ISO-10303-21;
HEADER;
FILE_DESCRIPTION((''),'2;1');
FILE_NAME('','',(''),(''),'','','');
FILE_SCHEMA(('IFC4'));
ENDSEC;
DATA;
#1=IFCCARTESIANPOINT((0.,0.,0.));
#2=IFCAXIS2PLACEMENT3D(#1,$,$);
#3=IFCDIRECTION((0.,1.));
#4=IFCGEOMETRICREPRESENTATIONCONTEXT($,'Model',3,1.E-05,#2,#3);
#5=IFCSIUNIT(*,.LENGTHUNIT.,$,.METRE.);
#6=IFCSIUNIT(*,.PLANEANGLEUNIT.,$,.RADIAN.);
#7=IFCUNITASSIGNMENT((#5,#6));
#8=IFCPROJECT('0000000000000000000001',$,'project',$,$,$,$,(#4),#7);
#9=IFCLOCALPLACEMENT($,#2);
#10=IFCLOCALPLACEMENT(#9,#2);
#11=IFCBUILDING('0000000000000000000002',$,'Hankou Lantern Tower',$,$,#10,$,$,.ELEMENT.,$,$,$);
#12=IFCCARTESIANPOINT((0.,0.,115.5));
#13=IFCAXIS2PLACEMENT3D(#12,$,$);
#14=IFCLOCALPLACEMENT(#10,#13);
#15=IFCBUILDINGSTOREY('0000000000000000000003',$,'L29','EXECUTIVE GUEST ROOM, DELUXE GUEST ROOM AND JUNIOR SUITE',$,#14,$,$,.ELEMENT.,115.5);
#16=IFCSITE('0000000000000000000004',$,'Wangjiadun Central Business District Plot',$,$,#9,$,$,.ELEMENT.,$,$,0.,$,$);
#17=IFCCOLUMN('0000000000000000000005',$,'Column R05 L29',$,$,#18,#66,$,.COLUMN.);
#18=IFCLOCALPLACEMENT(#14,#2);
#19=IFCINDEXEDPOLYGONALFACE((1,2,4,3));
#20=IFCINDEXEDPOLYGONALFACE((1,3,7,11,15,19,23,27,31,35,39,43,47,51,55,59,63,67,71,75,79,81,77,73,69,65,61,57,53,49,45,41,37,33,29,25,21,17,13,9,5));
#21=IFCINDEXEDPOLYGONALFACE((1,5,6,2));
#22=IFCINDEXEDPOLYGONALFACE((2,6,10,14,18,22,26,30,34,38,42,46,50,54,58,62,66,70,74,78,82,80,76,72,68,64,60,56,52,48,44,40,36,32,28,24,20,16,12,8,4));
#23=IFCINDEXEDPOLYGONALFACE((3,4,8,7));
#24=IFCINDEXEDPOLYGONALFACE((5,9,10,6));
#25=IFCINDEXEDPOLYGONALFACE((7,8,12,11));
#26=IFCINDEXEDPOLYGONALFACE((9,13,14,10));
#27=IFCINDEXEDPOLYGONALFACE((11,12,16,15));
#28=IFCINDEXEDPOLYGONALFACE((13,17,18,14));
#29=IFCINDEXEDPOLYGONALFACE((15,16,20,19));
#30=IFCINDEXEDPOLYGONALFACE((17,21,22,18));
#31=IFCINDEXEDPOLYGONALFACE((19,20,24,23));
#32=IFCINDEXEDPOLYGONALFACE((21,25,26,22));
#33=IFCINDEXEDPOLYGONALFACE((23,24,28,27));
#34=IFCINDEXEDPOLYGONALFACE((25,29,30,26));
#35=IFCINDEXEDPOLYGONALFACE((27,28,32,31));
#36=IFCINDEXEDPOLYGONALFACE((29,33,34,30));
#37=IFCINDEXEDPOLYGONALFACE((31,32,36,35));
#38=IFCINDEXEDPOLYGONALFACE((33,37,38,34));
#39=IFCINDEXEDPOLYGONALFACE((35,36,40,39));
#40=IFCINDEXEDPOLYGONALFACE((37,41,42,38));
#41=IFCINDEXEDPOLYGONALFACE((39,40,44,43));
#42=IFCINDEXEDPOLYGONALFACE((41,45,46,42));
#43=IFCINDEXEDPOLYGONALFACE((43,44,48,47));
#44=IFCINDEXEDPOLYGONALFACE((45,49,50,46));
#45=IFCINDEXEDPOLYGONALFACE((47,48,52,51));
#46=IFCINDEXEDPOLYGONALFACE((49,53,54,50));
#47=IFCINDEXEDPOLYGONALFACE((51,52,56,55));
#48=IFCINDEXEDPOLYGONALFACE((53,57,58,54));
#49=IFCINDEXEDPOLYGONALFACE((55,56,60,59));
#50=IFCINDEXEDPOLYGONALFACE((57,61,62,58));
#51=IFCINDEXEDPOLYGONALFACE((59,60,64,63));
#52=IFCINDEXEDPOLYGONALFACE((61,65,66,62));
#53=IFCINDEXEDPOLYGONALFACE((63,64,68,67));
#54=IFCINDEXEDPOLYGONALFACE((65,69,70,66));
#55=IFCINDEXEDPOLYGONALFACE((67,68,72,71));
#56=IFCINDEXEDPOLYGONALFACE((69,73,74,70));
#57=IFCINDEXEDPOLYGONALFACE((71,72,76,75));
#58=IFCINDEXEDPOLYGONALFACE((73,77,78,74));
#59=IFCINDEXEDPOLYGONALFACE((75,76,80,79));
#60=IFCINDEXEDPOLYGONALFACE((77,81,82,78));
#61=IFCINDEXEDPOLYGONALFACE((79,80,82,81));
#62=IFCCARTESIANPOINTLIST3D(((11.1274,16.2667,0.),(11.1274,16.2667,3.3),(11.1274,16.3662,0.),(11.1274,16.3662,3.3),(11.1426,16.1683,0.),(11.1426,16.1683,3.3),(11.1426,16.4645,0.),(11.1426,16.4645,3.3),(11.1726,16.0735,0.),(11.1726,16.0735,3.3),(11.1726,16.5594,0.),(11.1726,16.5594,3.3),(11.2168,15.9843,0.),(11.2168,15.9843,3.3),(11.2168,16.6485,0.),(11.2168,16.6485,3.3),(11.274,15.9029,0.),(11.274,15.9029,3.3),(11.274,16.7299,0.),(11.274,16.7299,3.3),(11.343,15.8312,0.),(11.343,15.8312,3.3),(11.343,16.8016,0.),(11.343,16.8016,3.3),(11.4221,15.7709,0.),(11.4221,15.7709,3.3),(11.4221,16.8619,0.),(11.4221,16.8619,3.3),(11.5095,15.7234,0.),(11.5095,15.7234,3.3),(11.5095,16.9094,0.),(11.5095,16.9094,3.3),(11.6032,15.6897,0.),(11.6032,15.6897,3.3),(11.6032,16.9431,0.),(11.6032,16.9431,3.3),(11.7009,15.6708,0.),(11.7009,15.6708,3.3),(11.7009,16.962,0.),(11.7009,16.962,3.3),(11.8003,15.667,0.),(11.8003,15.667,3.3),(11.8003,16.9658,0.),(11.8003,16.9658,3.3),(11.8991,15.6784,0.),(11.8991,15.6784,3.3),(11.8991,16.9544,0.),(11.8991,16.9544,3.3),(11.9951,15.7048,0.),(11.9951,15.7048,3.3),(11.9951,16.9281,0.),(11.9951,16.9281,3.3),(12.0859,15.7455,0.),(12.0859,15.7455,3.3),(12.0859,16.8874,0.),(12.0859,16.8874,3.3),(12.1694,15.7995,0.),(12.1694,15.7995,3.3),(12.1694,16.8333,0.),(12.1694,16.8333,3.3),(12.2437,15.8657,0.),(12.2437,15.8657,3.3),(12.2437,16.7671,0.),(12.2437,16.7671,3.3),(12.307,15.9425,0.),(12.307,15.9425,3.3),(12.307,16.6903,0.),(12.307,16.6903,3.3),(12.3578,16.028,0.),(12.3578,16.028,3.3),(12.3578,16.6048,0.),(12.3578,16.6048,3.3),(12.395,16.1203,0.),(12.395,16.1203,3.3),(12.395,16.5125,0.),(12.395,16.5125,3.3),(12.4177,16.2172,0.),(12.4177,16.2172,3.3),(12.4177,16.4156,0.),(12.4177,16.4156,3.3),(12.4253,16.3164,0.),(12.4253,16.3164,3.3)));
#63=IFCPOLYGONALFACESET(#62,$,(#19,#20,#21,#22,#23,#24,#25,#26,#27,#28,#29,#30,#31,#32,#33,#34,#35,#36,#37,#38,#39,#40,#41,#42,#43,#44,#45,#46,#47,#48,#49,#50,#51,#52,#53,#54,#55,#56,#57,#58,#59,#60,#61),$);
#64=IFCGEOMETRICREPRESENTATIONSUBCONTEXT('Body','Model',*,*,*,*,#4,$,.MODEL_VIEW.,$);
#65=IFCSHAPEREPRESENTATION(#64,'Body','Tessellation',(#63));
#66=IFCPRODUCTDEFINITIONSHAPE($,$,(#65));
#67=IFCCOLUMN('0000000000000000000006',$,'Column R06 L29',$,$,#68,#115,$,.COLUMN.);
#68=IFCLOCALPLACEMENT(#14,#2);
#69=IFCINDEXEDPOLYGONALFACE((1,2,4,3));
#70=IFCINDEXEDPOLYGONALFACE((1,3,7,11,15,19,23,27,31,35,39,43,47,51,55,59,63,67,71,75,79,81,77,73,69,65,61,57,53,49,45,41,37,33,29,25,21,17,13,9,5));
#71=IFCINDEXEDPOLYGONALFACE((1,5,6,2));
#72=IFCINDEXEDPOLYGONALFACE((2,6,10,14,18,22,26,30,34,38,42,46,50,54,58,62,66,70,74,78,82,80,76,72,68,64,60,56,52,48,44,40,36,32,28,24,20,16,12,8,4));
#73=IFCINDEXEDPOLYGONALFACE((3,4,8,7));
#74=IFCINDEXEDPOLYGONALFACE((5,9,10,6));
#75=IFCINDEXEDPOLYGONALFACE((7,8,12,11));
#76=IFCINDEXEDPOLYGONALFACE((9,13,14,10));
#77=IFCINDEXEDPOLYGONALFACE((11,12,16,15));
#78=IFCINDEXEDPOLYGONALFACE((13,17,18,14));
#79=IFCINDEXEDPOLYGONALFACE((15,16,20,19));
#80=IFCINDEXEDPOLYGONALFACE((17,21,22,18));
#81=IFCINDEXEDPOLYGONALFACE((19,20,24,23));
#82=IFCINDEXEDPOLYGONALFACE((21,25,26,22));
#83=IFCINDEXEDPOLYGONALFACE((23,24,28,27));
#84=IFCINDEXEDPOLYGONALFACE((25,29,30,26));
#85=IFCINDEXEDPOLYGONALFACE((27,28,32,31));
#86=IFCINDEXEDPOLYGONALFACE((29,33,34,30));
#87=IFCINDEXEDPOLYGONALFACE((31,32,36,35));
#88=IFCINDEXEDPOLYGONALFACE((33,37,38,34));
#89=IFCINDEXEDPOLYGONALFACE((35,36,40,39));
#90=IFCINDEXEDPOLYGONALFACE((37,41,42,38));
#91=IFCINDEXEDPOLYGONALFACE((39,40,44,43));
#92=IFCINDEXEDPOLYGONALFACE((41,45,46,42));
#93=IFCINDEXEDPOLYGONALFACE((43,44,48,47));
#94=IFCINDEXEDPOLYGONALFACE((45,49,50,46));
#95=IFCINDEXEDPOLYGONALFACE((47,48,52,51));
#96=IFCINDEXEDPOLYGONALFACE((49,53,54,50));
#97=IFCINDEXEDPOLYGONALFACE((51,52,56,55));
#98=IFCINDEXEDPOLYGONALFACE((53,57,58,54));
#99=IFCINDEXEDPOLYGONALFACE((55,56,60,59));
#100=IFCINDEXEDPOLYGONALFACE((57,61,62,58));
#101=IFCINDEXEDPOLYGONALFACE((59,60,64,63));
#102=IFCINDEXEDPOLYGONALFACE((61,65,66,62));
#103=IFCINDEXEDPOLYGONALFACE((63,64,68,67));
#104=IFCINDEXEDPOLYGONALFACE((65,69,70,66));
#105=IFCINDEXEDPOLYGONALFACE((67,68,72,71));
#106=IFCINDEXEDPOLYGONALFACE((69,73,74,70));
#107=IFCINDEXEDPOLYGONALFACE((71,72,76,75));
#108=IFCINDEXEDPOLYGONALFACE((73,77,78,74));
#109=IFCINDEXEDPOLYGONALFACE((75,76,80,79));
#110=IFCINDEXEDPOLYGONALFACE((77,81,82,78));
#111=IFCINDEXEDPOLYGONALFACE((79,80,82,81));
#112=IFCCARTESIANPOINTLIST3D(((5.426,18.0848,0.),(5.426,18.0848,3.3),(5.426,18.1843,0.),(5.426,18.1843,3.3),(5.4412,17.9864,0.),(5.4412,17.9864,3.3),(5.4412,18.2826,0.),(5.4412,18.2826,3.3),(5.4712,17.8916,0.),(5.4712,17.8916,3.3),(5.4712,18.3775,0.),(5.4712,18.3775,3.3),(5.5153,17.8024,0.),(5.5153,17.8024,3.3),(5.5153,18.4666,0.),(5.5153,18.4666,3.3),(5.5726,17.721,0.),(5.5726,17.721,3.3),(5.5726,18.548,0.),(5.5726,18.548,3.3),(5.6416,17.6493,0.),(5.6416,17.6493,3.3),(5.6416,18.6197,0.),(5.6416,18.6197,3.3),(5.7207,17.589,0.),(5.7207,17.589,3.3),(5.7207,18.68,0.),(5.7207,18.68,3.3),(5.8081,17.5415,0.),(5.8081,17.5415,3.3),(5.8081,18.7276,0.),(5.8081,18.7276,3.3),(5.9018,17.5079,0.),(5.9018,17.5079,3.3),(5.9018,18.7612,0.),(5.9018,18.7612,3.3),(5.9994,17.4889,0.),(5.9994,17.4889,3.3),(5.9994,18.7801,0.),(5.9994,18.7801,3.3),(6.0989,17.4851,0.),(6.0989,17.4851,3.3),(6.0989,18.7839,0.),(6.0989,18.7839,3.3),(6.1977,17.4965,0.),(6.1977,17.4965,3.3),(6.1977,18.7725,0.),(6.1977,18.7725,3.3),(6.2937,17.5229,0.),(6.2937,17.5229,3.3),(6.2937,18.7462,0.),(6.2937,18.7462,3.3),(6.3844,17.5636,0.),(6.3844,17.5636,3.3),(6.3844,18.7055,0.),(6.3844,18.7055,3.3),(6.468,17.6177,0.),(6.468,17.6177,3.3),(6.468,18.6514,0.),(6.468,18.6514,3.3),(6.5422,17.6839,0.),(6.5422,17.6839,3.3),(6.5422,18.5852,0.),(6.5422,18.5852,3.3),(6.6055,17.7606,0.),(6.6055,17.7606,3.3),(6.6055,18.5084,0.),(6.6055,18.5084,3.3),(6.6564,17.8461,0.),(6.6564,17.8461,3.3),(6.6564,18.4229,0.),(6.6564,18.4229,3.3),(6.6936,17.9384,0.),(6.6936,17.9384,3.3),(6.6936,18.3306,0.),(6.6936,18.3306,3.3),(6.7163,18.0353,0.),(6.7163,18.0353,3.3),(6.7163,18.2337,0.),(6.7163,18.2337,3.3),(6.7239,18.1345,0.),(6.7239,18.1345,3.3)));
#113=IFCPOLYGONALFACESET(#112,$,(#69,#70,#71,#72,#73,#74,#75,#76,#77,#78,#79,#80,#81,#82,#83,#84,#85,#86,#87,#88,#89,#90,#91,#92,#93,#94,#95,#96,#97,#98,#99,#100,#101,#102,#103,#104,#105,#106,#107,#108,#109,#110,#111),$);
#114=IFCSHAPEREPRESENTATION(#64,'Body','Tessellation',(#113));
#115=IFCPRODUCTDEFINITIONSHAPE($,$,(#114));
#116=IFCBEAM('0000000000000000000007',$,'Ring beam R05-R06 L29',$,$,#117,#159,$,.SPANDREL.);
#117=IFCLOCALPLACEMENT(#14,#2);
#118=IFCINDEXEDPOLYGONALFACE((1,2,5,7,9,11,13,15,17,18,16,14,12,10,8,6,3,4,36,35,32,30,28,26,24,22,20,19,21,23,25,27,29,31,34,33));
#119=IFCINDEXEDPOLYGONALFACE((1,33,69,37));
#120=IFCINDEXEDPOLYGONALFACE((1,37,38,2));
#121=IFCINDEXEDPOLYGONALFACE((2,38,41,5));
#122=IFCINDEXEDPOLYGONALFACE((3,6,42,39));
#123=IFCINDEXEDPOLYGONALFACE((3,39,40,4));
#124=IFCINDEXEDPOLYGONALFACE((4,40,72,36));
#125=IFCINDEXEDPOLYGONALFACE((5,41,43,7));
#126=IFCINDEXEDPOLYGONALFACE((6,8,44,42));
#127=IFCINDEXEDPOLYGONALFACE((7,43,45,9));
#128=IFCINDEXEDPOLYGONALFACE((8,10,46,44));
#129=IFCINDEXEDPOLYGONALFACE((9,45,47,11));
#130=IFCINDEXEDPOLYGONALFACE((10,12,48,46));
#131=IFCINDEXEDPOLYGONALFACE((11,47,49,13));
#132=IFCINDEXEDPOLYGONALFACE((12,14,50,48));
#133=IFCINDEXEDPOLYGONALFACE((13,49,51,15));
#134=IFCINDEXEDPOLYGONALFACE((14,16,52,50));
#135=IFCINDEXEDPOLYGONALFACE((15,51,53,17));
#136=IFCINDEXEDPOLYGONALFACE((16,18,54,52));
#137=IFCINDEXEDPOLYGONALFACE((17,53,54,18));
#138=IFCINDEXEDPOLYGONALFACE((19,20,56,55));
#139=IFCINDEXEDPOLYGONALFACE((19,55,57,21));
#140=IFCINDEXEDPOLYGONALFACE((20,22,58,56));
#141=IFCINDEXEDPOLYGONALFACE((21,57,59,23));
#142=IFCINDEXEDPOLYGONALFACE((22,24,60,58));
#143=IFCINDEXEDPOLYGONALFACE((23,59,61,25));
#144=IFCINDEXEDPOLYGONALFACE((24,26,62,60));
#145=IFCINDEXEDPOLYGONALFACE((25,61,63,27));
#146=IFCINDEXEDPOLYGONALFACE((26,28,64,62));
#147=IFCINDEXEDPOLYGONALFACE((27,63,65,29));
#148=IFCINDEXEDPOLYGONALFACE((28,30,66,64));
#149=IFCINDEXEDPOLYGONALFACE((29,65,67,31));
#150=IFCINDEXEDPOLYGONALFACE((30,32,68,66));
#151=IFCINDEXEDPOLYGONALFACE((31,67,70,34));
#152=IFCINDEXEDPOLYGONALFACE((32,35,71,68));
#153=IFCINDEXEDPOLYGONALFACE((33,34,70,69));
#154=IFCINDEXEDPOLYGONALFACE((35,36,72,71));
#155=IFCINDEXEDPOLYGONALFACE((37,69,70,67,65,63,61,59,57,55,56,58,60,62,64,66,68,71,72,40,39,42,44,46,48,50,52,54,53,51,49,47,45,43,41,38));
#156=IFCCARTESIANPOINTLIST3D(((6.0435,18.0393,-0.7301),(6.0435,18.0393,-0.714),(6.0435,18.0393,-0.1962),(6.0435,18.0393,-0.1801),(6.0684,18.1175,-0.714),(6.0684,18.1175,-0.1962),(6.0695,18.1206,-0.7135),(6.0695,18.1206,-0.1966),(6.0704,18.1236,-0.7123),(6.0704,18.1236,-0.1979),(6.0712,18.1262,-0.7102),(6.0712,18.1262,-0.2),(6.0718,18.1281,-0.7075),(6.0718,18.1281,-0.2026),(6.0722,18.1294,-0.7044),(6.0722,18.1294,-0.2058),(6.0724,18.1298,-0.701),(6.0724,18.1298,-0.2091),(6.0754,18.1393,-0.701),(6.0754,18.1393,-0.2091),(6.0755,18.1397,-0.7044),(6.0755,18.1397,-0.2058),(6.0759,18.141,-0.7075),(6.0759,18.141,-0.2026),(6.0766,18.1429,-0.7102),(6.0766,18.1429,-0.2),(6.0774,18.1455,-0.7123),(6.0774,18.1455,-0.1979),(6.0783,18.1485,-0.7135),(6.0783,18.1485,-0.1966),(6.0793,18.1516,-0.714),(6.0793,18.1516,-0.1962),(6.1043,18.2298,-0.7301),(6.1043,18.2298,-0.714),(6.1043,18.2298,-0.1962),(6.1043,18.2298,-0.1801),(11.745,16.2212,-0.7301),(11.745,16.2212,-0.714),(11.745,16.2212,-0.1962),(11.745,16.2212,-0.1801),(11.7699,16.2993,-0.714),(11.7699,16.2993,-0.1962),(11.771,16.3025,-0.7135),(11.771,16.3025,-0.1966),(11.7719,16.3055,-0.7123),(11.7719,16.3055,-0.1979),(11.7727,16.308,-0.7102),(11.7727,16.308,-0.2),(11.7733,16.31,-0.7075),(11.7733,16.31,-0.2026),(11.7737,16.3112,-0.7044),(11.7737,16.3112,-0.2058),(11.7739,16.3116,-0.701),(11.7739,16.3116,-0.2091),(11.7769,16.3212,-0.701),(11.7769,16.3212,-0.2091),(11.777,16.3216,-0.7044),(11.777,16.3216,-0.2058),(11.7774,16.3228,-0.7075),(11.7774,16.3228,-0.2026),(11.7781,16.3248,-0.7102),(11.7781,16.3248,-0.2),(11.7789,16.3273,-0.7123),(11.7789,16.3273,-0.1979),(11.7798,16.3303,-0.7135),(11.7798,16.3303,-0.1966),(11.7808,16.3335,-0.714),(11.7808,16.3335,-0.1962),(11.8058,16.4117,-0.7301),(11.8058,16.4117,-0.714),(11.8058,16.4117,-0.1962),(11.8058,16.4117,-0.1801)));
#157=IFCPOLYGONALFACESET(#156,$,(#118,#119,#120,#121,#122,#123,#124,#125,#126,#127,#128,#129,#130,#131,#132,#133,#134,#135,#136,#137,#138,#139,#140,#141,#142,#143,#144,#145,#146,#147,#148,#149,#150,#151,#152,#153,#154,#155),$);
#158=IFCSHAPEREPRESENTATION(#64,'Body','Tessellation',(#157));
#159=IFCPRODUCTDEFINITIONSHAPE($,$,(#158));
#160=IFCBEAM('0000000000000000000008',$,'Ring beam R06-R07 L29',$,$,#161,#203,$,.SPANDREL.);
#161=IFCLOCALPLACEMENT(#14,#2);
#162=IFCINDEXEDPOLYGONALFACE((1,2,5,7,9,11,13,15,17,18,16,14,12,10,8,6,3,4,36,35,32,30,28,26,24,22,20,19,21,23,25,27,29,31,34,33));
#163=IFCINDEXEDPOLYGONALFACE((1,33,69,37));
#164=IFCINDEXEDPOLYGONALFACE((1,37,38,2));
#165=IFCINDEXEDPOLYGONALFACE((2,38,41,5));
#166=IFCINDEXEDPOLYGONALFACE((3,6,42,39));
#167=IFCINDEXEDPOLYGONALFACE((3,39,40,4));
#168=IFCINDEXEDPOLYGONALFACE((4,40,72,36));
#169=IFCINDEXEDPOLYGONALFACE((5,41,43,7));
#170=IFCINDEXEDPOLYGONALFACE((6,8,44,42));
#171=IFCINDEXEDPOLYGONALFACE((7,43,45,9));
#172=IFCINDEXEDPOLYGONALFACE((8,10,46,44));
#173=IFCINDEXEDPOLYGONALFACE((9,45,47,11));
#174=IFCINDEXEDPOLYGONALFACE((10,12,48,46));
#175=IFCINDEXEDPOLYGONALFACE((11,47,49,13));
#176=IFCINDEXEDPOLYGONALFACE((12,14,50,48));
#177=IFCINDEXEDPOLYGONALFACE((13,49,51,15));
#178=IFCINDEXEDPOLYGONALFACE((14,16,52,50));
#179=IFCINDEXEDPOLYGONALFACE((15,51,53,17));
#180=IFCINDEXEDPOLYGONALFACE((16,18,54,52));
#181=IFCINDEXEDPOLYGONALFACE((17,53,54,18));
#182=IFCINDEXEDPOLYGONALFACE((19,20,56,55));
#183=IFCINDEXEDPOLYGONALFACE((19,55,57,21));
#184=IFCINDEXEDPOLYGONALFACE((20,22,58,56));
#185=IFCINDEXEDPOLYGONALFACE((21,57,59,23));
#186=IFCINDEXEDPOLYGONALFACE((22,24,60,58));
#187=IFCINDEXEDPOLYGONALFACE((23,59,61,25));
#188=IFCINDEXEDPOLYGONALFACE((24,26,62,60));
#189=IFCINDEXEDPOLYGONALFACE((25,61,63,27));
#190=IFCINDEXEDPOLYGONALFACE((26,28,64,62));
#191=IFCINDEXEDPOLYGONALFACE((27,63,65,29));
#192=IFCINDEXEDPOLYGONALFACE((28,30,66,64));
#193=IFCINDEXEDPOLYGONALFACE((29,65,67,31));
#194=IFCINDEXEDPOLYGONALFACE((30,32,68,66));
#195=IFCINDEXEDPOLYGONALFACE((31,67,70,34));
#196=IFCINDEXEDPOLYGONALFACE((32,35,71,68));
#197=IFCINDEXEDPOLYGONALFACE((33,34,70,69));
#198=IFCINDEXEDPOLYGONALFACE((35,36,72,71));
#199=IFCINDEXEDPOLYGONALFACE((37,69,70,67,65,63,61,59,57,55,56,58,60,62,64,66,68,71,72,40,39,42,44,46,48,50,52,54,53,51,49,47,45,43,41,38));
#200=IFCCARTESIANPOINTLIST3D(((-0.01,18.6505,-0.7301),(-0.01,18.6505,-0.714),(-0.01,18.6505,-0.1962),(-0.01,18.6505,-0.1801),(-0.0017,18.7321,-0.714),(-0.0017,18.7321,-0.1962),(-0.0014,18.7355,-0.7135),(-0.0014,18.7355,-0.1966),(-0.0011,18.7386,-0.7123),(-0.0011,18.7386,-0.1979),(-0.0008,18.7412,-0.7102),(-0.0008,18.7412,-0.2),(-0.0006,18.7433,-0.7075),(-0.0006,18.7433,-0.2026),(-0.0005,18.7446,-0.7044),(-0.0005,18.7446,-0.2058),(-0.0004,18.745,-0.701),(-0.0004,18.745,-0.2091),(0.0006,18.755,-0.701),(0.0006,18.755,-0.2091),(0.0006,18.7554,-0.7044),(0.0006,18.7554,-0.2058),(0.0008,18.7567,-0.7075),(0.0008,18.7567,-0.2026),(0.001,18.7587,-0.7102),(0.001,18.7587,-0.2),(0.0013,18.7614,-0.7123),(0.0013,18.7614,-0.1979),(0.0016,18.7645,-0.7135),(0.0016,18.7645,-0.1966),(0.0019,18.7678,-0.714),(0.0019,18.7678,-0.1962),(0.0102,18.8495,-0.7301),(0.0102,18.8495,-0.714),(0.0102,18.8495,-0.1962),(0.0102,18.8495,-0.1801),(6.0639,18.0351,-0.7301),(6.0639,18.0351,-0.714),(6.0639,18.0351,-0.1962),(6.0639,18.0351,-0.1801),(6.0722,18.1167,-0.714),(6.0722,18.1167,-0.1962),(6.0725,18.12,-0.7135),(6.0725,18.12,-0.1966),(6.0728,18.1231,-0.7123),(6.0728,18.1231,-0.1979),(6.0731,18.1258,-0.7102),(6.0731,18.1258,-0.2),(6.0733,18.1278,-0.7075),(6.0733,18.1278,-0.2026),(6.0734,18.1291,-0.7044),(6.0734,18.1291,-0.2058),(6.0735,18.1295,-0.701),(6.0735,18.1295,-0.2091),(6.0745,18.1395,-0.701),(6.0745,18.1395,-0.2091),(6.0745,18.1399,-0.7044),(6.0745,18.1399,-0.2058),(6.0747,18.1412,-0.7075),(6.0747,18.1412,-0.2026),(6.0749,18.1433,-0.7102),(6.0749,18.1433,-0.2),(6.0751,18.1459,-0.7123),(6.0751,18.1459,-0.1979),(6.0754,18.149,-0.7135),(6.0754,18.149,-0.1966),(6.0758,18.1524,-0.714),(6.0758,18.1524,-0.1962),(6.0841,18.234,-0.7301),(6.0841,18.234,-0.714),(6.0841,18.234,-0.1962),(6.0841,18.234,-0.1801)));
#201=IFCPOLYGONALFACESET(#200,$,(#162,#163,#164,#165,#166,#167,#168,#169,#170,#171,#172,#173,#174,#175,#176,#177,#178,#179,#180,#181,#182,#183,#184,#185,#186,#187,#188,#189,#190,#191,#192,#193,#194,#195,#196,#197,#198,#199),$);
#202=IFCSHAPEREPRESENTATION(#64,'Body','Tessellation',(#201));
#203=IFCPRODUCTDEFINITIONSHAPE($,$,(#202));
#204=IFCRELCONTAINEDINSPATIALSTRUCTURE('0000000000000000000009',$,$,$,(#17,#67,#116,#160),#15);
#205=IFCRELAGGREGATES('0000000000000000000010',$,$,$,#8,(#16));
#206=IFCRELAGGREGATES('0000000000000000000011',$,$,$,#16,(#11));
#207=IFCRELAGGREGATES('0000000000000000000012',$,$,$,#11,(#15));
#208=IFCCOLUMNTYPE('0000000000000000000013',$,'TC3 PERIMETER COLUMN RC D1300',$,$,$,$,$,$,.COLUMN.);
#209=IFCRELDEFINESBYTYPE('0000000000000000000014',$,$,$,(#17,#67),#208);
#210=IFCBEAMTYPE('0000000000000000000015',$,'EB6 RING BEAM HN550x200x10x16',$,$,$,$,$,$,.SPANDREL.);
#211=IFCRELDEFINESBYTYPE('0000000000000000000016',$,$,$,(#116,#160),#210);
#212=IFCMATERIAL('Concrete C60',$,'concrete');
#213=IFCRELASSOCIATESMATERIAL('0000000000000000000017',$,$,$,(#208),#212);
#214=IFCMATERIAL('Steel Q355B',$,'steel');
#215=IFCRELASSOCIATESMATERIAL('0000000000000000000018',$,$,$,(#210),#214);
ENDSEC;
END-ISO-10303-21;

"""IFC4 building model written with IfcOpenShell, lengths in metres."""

from ifc_helpers import new_model, si_unit, direction, frame, origin, origin_2d, place, context, subcontext, project, spatial, circle, i_section, extrude, material, material_profile, profile_set, type_object, element, save


model = new_model("IFC4")

# Units and contexts
model_context = context("Model", 3, precision=1e-05, world=origin(), true_north=direction((0.0, 1.0)))
body_context = subcontext(model_context, "Body", "Model", "MODEL_VIEW")
ifc_project = project(units=[si_unit("LENGTHUNIT", "METRE"), si_unit("PLANEANGLEUNIT", "RADIAN")], contexts=[model_context])

# Site, building, storey
site_placement = place(None, origin())
site = spatial("IfcSite", under=ifc_project, at=site_placement, Name="Wangjiadun Central Business District Plot", CompositionType="ELEMENT", RefElevation=0.0)
building_placement = place(site_placement, origin())
building = spatial("IfcBuilding", under=site, at=building_placement, Name="Hankou Lantern Tower", CompositionType="ELEMENT")
storey_placement = place(building_placement, frame((0.0, 0.0, 115.5)))
storey = spatial("IfcBuildingStorey", under=building, at=storey_placement, Name="L29", Description="EXECUTIVE GUEST ROOM, DELUXE GUEST ROOM AND JUNIOR SUITE", CompositionType="ELEMENT", Elevation=115.5)

# Columns
ifc_material_1 = material(Name="Concrete C60", Category="concrete")
ifc_material_profile_1 = material_profile(ifc_material_1, circle(Radius=0.6499, at=origin_2d()), Name="RC D1300")
ifc_profile_set_1 = profile_set([ifc_material_profile_1], Name="Concrete C60")
column_type = type_object("IfcColumnType", Name="TC3 PERIMETER COLUMN RC D1300", PredefinedType="COLUMN", material=ifc_profile_set_1)
for number, where, z_axis, x_axis, name in (
    (1, (11.7754, 16.3164, 0.0), (0.0, 0.0, 1.0), (1.0, 0.0, 0.0), "Column R05 L29"),
    (2, (6.074, 18.1345, 0.0), (0.0, 0.0, 1.0), (1.0, 0.0, 0.0), "Column R06 L29"),
):
    element("IfcColumn", number, at=place(storey_placement, frame(where, z_axis=z_axis, x_axis=x_axis)), inside=storey, type_object=column_type, Name=name, PredefinedType="COLUMN", context=body_context, shape_type="SweptSolid", body=[
        extrude(circle(Radius=0.6499, at=origin_2d()), origin(), (0.0, 0.0, 1.0), 3.3),
    ])

# Beams
ifc_material_2 = material(Name="Steel Q355B", Category="steel")
ifc_material_profile_2 = material_profile(ifc_material_2, i_section(OverallWidth=0.2, OverallDepth=0.55, WebThickness=0.01, FlangeThickness=0.0161, FilletRadius=0.0129, at=origin_2d()), Name="HN550x200x10x16")
ifc_profile_set_2 = profile_set([ifc_material_profile_2], Name="Steel Q355B")
beam_type_1 = type_object("IfcBeamType", Name="EB6 RING BEAM HN550x200x10x16", PredefinedType="SPANDREL", material=ifc_profile_set_2)
beam_1_placement = place(storey_placement, frame((11.7754, 16.3164, -0.4551), z_axis=(-0.952731, 0.303815, 0.0), x_axis=(-0.303815, -0.952731, 0.0)))
element("IfcBeam", 3, at=beam_1_placement, inside=storey, type_object=beam_type_1, Name="Ring beam R05-R06 L29", PredefinedType="SPANDREL", context=body_context, shape_type="SweptSolid", body=[
    extrude(i_section(OverallWidth=0.2, OverallDepth=0.55, WebThickness=0.01, FlangeThickness=0.0161, FilletRadius=0.0129, at=origin_2d()), origin(), (0.0, 0.0, 1.0), 5.9844),
])
for number, where, z_axis, x_axis, name in (
    (4, (6.074, 18.1345, -0.4551), (-0.994905, 0.100814, 0.0), (-0.100814, -0.994905, 0.0), "Ring beam R06-R07 L29"),
):
    element("IfcBeam", number, at=place(storey_placement, frame(where, z_axis=z_axis, x_axis=x_axis)), inside=storey, type_object=beam_type_1, Name=name, PredefinedType="SPANDREL", context=body_context, shape_type="SweptSolid", body=[
        extrude(i_section(OverallWidth=0.2, OverallDepth=0.55, WebThickness=0.01, FlangeThickness=0.0161, FilletRadius=0.0129, at=origin_2d()), origin(), (0.0, 0.0, 1.0), 6.105),
    ])

save(model, "model.ifc")
